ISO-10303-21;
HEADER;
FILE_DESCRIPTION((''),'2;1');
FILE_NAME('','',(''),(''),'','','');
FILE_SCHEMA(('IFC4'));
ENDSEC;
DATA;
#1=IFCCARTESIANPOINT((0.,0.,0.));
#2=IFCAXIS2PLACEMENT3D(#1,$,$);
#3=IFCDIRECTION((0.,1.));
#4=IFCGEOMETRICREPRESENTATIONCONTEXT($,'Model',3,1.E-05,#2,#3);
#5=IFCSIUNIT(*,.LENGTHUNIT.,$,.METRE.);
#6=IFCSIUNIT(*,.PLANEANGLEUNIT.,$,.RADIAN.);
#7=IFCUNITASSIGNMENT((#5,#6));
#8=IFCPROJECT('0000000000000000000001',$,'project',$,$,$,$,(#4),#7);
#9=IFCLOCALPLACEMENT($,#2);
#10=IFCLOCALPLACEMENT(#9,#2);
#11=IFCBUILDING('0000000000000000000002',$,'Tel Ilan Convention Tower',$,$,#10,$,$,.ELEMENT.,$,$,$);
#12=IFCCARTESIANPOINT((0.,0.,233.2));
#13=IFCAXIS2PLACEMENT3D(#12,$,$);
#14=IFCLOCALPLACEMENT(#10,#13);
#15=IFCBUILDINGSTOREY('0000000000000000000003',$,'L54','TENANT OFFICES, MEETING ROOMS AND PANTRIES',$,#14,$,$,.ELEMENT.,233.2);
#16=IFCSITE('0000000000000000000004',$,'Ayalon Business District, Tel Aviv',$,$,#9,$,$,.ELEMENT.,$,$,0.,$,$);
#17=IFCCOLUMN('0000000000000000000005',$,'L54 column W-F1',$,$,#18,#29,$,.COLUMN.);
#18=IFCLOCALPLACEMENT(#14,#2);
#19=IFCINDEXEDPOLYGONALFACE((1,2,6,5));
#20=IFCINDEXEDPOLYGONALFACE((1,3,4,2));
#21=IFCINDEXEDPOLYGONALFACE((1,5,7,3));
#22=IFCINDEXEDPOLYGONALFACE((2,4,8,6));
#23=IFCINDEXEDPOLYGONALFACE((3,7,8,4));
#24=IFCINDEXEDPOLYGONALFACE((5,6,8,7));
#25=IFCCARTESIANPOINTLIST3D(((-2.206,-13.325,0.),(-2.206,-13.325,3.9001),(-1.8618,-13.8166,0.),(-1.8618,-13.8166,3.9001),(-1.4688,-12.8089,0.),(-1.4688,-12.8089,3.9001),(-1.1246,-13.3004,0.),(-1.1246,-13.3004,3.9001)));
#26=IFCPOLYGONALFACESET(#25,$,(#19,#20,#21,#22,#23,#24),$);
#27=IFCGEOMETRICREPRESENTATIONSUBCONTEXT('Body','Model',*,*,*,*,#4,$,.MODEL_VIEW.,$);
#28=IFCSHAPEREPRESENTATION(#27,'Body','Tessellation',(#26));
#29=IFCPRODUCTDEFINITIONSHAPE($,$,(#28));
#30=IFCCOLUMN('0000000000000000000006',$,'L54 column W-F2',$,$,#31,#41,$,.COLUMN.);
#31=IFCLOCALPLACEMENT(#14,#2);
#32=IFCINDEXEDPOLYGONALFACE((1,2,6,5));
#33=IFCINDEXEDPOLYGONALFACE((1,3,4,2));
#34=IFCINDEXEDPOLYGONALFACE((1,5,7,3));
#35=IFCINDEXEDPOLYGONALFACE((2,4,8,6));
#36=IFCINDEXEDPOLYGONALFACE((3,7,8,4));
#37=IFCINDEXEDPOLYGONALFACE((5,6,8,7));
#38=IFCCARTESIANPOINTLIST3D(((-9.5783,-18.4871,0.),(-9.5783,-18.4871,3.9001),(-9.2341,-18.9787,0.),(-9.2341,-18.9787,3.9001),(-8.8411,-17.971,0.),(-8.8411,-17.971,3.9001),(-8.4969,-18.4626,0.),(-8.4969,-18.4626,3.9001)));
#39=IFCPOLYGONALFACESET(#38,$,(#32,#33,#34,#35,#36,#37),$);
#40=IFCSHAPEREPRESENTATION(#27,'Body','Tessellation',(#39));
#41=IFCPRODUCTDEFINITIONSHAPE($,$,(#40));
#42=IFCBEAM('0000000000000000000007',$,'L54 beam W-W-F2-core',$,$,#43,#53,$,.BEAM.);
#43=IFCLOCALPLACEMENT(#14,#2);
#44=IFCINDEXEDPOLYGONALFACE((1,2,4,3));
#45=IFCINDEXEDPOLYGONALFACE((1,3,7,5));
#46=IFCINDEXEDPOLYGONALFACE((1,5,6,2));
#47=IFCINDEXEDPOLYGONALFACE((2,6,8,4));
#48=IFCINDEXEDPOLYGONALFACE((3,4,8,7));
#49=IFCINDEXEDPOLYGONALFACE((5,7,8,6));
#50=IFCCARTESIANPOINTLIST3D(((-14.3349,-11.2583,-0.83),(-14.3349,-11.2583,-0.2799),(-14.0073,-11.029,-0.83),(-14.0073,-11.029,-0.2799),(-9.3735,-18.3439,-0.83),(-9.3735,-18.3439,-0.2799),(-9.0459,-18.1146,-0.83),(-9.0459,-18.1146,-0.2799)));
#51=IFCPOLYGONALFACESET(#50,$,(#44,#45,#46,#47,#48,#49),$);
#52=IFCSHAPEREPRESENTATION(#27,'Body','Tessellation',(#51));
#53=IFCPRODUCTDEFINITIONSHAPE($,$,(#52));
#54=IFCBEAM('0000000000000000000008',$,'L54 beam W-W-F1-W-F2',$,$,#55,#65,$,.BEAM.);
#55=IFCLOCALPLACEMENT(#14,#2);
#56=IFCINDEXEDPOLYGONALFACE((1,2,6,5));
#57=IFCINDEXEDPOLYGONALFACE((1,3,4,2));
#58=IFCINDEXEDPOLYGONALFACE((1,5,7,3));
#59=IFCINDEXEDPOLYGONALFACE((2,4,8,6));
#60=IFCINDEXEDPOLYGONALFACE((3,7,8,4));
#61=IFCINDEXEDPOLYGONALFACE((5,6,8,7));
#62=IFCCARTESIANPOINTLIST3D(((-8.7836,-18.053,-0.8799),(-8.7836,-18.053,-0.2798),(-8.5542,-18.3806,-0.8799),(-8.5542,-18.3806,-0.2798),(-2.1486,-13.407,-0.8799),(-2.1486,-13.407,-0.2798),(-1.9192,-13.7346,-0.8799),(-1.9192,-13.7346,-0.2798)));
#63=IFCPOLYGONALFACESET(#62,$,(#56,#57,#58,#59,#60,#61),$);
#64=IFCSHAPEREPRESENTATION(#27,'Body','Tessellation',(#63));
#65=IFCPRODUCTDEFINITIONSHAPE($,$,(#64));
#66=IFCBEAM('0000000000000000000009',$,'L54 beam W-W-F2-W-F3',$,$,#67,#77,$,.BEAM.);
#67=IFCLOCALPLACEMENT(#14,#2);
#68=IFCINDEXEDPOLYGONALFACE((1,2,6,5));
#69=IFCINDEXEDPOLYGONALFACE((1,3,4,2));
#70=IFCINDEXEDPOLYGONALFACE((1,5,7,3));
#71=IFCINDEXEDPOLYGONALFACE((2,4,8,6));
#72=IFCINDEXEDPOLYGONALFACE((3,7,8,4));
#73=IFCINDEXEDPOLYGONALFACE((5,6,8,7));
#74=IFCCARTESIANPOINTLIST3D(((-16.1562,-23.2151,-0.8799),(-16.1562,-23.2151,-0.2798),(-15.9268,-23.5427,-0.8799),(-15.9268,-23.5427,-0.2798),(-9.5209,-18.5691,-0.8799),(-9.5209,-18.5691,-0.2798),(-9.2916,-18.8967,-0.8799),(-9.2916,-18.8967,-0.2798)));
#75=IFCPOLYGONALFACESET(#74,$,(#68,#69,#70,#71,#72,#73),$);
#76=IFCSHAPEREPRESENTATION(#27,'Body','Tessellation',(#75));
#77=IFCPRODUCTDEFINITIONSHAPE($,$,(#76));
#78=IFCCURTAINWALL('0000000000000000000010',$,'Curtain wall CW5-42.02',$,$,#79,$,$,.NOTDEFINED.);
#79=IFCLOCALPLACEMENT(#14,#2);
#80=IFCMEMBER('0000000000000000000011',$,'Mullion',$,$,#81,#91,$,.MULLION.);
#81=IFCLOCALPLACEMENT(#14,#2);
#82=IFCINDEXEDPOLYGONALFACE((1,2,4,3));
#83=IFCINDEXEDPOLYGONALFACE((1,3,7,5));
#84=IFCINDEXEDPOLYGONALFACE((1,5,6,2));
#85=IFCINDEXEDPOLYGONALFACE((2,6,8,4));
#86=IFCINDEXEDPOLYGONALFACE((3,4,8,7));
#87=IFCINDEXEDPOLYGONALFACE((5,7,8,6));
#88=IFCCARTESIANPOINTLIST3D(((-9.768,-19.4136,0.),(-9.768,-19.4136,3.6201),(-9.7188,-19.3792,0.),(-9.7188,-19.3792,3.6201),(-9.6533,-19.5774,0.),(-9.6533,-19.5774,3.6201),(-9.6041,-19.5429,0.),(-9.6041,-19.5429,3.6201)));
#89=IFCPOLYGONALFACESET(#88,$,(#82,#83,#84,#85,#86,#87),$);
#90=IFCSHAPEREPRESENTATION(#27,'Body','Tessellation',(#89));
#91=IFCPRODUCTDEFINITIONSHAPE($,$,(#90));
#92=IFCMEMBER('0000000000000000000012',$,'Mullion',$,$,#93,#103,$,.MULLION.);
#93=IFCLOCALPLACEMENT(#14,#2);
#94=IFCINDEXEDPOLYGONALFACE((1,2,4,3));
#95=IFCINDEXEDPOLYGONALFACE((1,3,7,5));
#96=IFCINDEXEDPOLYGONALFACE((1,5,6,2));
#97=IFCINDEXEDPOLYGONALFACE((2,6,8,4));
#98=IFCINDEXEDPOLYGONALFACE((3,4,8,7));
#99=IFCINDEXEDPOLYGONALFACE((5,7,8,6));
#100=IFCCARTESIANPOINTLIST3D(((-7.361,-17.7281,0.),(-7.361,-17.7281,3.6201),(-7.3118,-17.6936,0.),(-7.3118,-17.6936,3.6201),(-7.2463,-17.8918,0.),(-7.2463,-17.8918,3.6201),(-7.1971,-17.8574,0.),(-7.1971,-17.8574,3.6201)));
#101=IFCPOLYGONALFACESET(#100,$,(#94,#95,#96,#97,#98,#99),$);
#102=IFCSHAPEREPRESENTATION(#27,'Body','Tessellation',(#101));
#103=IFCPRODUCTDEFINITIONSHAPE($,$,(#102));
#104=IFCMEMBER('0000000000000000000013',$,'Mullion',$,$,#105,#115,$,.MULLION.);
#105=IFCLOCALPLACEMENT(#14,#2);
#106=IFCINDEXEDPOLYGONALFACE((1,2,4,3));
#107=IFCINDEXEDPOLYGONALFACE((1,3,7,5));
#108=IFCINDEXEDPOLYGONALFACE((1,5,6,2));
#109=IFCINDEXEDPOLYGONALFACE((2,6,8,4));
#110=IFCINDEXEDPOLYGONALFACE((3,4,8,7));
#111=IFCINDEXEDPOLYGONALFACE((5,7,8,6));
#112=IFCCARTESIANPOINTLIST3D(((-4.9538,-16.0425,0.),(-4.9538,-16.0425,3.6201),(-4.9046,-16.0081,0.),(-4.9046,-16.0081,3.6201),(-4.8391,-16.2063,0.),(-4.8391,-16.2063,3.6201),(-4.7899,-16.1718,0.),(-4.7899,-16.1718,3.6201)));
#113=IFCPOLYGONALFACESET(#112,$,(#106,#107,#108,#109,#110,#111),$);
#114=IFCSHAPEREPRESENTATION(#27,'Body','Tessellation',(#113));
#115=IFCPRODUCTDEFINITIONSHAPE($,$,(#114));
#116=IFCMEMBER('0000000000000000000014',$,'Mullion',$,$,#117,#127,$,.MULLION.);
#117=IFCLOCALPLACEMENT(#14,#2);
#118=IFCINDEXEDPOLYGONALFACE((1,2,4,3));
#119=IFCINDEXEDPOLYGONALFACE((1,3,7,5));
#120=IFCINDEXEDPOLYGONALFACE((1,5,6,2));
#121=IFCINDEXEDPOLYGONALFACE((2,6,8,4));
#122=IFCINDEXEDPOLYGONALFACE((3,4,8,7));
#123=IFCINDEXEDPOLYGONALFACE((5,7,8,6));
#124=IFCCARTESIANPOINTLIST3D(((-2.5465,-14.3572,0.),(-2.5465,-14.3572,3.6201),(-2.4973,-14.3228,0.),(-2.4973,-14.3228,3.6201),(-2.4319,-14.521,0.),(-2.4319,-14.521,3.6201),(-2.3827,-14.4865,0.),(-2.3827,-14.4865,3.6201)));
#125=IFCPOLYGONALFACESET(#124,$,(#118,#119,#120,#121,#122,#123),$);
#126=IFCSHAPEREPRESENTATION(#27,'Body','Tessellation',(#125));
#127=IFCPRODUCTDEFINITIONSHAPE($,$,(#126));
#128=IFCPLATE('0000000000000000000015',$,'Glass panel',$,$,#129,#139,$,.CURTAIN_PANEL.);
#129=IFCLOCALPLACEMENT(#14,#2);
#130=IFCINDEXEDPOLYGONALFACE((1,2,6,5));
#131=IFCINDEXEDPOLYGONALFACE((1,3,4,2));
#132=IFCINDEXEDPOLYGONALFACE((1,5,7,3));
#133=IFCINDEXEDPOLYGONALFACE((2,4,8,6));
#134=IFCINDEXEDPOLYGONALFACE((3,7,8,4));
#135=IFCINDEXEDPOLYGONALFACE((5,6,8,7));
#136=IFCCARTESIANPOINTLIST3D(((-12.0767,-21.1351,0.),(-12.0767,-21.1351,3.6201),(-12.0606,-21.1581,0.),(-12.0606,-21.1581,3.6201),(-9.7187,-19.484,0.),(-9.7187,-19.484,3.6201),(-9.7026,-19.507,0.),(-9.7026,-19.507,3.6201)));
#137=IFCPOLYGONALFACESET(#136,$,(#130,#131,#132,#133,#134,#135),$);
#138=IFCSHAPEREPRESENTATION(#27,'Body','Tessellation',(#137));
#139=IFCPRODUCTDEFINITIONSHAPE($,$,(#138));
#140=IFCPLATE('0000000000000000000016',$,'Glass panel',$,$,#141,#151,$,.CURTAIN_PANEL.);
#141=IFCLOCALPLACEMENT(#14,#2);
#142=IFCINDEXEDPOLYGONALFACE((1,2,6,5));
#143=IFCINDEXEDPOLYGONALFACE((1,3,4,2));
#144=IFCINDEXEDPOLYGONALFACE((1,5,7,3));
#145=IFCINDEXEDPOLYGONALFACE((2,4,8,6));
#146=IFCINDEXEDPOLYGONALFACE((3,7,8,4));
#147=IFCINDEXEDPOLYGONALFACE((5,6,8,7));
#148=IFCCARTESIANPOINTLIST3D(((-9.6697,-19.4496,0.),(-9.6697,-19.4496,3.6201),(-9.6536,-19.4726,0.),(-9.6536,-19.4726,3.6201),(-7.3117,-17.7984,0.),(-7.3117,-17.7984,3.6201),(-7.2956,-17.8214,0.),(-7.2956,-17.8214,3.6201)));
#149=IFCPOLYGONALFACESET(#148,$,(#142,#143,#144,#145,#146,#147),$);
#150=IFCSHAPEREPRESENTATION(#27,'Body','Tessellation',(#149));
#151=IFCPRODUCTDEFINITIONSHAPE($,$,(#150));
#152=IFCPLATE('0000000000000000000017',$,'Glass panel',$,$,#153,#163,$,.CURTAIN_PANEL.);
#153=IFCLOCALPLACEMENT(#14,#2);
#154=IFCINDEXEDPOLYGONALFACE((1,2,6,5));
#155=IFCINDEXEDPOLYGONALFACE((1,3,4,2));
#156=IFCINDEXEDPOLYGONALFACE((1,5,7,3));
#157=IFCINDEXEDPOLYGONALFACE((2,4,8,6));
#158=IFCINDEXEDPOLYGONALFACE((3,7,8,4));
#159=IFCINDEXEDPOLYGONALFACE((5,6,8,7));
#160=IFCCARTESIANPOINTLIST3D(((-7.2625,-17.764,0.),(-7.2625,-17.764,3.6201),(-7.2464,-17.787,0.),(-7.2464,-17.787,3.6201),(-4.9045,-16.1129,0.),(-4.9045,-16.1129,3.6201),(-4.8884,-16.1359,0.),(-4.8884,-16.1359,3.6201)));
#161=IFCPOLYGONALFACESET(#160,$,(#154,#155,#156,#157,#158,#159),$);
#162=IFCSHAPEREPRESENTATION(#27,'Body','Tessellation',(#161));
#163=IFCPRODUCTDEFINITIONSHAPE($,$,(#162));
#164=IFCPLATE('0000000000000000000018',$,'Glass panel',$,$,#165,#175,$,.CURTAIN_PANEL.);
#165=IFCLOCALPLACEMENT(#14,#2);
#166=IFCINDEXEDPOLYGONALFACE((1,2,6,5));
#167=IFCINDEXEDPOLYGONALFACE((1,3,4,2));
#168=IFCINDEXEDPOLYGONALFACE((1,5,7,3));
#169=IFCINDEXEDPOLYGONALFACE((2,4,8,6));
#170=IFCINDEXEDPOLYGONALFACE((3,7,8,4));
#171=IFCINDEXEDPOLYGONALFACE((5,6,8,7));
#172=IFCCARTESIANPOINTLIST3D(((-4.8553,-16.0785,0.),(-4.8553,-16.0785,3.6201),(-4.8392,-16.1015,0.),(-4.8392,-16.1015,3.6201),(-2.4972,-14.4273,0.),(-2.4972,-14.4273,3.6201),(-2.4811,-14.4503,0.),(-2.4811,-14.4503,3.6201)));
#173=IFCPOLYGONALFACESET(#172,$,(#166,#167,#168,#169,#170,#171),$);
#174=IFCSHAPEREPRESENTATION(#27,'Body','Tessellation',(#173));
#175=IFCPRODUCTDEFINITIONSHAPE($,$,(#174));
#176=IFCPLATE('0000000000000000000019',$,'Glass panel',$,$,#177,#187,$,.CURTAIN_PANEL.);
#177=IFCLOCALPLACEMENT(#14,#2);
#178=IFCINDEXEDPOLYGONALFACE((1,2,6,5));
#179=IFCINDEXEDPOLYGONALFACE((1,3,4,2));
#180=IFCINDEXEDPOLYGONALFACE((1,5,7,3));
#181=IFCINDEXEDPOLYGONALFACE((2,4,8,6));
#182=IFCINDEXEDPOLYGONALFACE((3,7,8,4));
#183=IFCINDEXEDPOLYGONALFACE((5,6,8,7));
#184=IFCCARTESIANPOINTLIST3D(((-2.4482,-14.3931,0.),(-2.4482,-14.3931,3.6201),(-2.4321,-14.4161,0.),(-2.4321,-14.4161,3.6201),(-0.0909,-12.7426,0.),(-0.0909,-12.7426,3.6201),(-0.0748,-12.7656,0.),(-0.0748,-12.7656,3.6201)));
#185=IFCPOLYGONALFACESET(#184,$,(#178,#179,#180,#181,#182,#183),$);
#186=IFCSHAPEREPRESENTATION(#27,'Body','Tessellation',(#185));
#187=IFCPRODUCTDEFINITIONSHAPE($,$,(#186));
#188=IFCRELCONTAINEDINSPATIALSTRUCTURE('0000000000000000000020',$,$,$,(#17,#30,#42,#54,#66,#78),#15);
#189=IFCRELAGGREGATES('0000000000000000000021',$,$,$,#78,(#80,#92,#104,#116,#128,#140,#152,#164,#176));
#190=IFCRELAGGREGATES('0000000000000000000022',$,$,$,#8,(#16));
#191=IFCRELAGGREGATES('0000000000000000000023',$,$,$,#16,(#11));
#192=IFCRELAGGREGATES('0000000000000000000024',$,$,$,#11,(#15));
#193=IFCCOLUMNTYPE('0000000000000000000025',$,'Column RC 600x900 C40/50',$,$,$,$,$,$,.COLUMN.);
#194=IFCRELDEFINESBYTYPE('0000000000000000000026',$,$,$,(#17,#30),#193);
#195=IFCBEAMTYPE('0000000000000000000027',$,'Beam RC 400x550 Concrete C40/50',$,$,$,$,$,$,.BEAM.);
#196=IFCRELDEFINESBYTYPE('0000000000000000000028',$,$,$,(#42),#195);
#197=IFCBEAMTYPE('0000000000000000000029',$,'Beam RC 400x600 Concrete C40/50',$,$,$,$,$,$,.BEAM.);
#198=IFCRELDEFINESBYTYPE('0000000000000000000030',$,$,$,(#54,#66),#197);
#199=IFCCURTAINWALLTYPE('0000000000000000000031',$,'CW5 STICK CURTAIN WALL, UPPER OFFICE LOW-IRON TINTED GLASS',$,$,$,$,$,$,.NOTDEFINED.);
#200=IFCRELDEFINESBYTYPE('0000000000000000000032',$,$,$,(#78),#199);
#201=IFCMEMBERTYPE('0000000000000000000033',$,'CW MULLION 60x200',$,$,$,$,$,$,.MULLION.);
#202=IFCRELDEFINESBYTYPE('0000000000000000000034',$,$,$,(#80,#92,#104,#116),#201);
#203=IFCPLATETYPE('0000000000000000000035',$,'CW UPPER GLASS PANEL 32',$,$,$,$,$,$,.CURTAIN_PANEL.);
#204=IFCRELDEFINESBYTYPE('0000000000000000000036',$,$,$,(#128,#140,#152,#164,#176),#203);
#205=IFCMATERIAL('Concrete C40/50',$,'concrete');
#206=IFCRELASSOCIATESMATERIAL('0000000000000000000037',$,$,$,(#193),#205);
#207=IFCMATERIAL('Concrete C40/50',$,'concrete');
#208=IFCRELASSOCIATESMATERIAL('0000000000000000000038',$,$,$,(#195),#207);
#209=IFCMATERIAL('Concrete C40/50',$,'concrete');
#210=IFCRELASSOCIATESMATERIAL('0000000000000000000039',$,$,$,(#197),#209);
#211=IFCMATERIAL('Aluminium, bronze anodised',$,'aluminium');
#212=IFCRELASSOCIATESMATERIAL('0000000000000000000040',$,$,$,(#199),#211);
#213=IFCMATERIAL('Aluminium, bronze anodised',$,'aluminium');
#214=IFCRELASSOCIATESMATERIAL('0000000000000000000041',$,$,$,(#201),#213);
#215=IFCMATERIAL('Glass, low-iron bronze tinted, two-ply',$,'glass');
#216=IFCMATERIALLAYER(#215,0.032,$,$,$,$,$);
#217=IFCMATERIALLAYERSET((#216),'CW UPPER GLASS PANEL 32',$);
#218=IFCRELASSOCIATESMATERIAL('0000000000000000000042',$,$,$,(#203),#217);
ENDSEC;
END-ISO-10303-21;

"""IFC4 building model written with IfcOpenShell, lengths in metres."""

from ifc_helpers import new_model, si_unit, direction, frame, origin, origin_2d, place, context, subcontext, project, spatial, rectangle, extrude, material, layer, layer_set, material_profile, profile_set, type_object, element, aggregate, save


model = new_model("IFC4")

# Units and contexts
model_context = context("Model", 3, precision=1e-05, world=origin(), true_north=direction((0.0, 1.0)))
body_context = subcontext(model_context, "Body", "Model", "MODEL_VIEW")
ifc_project = project(units=[si_unit("LENGTHUNIT", "METRE"), si_unit("PLANEANGLEUNIT", "RADIAN")], contexts=[model_context])

# Site, building, storey
site_placement = place(None, origin())
site = spatial("IfcSite", under=ifc_project, at=site_placement, Name="Ayalon Business District, Tel Aviv", CompositionType="ELEMENT", RefElevation=0.0)
building_placement = place(site_placement, origin())
building = spatial("IfcBuilding", under=site, at=building_placement, Name="Tel Ilan Convention Tower", CompositionType="ELEMENT")
storey_placement = place(building_placement, frame((0.0, 0.0, 233.2)))
storey = spatial("IfcBuildingStorey", under=building, at=storey_placement, Name="L54", Description="TENANT OFFICES, MEETING ROOMS AND PANTRIES", CompositionType="ELEMENT", Elevation=233.2)

# Columns
ifc_material_1 = material(Name="Concrete C40/50", Category="concrete")
ifc_material_profile_1 = material_profile(ifc_material_1, rectangle(XDim=0.8999, YDim=0.6001, at=origin_2d()), Name="RC 600x900")
ifc_profile_set_1 = profile_set([ifc_material_profile_1], Name="Concrete C40/50")
column_type = type_object("IfcColumnType", Name="Column RC 600x900 C40/50", PredefinedType="COLUMN", material=ifc_profile_set_1)
for number, where, z_axis, x_axis, name in (
    (1, (-1.6653, -13.3127, 0.0), (0.0, 0.0, 1.0), (-0.819152, -0.573576, 0.0), "L54 column W-F1"),
    (2, (-9.0376, -18.4749, 0.0), (0.0, 0.0, 1.0), (-0.819152, -0.573576, 0.0), "L54 column W-F2"),
):
    element("IfcColumn", number, at=place(storey_placement, frame(where, z_axis=z_axis, x_axis=x_axis)), inside=storey, type_object=column_type, Name=name, PredefinedType="COLUMN", context=body_context, shape_type="SweptSolid", body=[
        extrude(rectangle(XDim=0.8999, YDim=0.6001, at=origin_2d()), origin(), (0.0, 0.0, 1.0), 3.9001),
    ])

# Beams
ifc_material_2 = material(Name="Concrete C40/50", Category="concrete")
ifc_material_profile_2 = material_profile(ifc_material_2, rectangle(XDim=0.3999, YDim=0.55, at=origin_2d()), Name="RC 400x550")
ifc_profile_set_2 = profile_set([ifc_material_profile_2], Name="Concrete C40/50")
beam_type_1 = type_object("IfcBeamType", Name="Beam RC 400x550 Concrete C40/50", PredefinedType="BEAM", material=ifc_profile_set_2)
beam_1_placement = place(storey_placement, frame((-9.2097, -18.2292, -0.5549), z_axis=(-0.573574, 0.819154, 0.0), x_axis=(-0.819154, -0.573574, 0.0)))
element("IfcBeam", 3, at=beam_1_placement, inside=storey, type_object=beam_type_1, Name="L54 beam W-W-F2-core", PredefinedType="BEAM", context=body_context, shape_type="SweptSolid", body=[
    extrude(rectangle(XDim=0.3999, YDim=0.55, at=origin_2d()), origin(), (0.0, 0.0, 1.0), 8.6499),
])
ifc_material_3 = material(Name="Concrete C40/50", Category="concrete")
ifc_material_profile_3 = material_profile(ifc_material_3, rectangle(XDim=0.3999, YDim=0.6001, at=origin_2d()), Name="RC 400x600")
ifc_profile_set_3 = profile_set([ifc_material_profile_3], Name="Concrete C40/50")
beam_type_2 = type_object("IfcBeamType", Name="Beam RC 400x600 Concrete C40/50", PredefinedType="BEAM", material=ifc_profile_set_3)
beam_2_placement = place(storey_placement, frame((-2.0339, -13.5708, -0.5798), z_axis=(-0.819146, -0.573586, 0.0), x_axis=(0.573586, -0.819146, 0.0)))
element("IfcBeam", 4, at=beam_2_placement, inside=storey, type_object=beam_type_2, Name="L54 beam W-W-F1-W-F2", PredefinedType="BEAM", context=body_context, shape_type="SweptSolid", body=[
    extrude(rectangle(XDim=0.3999, YDim=0.6001, at=origin_2d()), origin(), (0.0, 0.0, 1.0), 8.0999),
])
beam_3_placement = place(storey_placement, frame((-9.4062, -18.7329, -0.5798), z_axis=(-0.819155, -0.573572, 0.0), x_axis=(0.573572, -0.819155, 0.0)))
element("IfcBeam", 5, at=beam_3_placement, inside=storey, type_object=beam_type_2, Name="L54 beam W-W-F2-W-F3", PredefinedType="BEAM", context=body_context, shape_type="SweptSolid", body=[
    extrude(rectangle(XDim=0.3999, YDim=0.6001, at=origin_2d()), origin(), (0.0, 0.0, 1.0), 8.1001),
])

# Curtain wall, members, plates
ifc_material_4 = material(Name="Aluminium, bronze anodised", Category="aluminium")
curtain_wall_type = type_object("IfcCurtainWallType", Name="CW5 STICK CURTAIN WALL, UPPER OFFICE LOW-IRON TINTED GLASS", PredefinedType="NOTDEFINED", material=ifc_material_4)
curtain_wall_placement = place(storey_placement, origin())
curtain_wall = element("IfcCurtainWall", 6, at=curtain_wall_placement, inside=storey, type_object=curtain_wall_type, Name="Curtain wall CW5-42.02", PredefinedType="NOTDEFINED")
ifc_material_5 = material(Name="Aluminium, bronze anodised", Category="aluminium")
ifc_material_profile_4 = material_profile(ifc_material_5, rectangle(XDim=0.0601, YDim=0.2, at=origin_2d()), Name="CW MULLION 60x200")
ifc_profile_set_4 = profile_set([ifc_material_profile_4], Name="Aluminium, bronze anodised")
member_type = type_object("IfcMemberType", Name="CW MULLION 60x200", PredefinedType="MULLION", material=ifc_profile_set_4)
member_1_placement = place(storey_placement, frame((-9.686, -19.4783, 0.0), z_axis=(0.0, 0.0, 1.0), x_axis=(0.819152, 0.573576, 0.0)))
member_1 = element("IfcMember", 7, at=member_1_placement, type_object=member_type, Name="Mullion", PredefinedType="MULLION", context=body_context, shape_type="SweptSolid", body=[
    extrude(rectangle(XDim=0.0601, YDim=0.2, at=origin_2d()), origin(), (0.0, 0.0, 1.0), 3.6201),
])
member_2_placement = place(storey_placement, frame((-7.2791, -17.7927, 0.0), z_axis=(0.0, 0.0, 1.0), x_axis=(0.819152, 0.573576, 0.0)))
member_2 = element("IfcMember", 8, at=member_2_placement, type_object=member_type, Name="Mullion", PredefinedType="MULLION", context=body_context, shape_type="SweptSolid", body=[
    extrude(rectangle(XDim=0.0601, YDim=0.2, at=origin_2d()), origin(), (0.0, 0.0, 1.0), 3.6201),
])
member_3_placement = place(storey_placement, frame((-4.8718, -16.1072, 0.0), z_axis=(0.0, 0.0, 1.0), x_axis=(0.819152, 0.573576, 0.0)))
member_3 = element("IfcMember", 9, at=member_3_placement, type_object=member_type, Name="Mullion", PredefinedType="MULLION", context=body_context, shape_type="SweptSolid", body=[
    extrude(rectangle(XDim=0.0601, YDim=0.2, at=origin_2d()), origin(), (0.0, 0.0, 1.0), 3.6201),
])
member_4_placement = place(storey_placement, frame((-2.4646, -14.4219, 0.0), z_axis=(0.0, 0.0, 1.0), x_axis=(0.819152, 0.573576, 0.0)))
member_4 = element("IfcMember", 10, at=member_4_placement, type_object=member_type, Name="Mullion", PredefinedType="MULLION", context=body_context, shape_type="SweptSolid", body=[
    extrude(rectangle(XDim=0.0601, YDim=0.2, at=origin_2d()), origin(), (0.0, 0.0, 1.0), 3.6201),
])
ifc_material_6 = material(Name="Glass, low-iron bronze tinted, two-ply", Category="glass")
ifc_layer_1 = layer(ifc_material_6, 0.032)
ifc_layer_set_1 = layer_set([ifc_layer_1], Name="CW UPPER GLASS PANEL 32")
plate_type = type_object("IfcPlateType", Name="CW UPPER GLASS PANEL 32", PredefinedType="CURTAIN_PANEL", material=ifc_layer_set_1)
plate_1_placement = place(storey_placement, frame((-10.8896, -20.321, 0.0), z_axis=(0.0, 0.0, 1.0), x_axis=(0.819152, 0.573576, 0.0)))
plate_1 = element("IfcPlate", 11, at=plate_1_placement, type_object=plate_type, Name="Glass panel", PredefinedType="CURTAIN_PANEL", context=body_context, shape_type="SweptSolid", body=[
    extrude(rectangle(XDim=2.8787, YDim=0.0281, at=origin_2d()), origin(), (0.0, 0.0, 1.0), 3.6201),
])
plate_2_placement = place(storey_placement, frame((-8.4827, -18.6355, 0.0), z_axis=(0.0, 0.0, 1.0), x_axis=(0.819152, 0.573576, 0.0)))
plate_2 = element("IfcPlate", 12, at=plate_2_placement, type_object=plate_type, Name="Glass panel", PredefinedType="CURTAIN_PANEL", context=body_context, shape_type="SweptSolid", body=[
    extrude(rectangle(XDim=2.8787, YDim=0.0281, at=origin_2d()), origin(), (0.0, 0.0, 1.0), 3.6201),
])
plate_3_placement = place(storey_placement, frame((-6.0754, -16.95, 0.0), z_axis=(0.0, 0.0, 1.0), x_axis=(0.819152, 0.573576, 0.0)))
plate_3 = element("IfcPlate", 13, at=plate_3_placement, type_object=plate_type, Name="Glass panel", PredefinedType="CURTAIN_PANEL", context=body_context, shape_type="SweptSolid", body=[
    extrude(rectangle(XDim=2.8787, YDim=0.0281, at=origin_2d()), origin(), (0.0, 0.0, 1.0), 3.6201),
])
plate_4_placement = place(storey_placement, frame((-3.6682, -15.2644, 0.0), z_axis=(0.0, 0.0, 1.0), x_axis=(0.819152, 0.573576, 0.0)))
plate_4 = element("IfcPlate", 14, at=plate_4_placement, type_object=plate_type, Name="Glass panel", PredefinedType="CURTAIN_PANEL", context=body_context, shape_type="SweptSolid", body=[
    extrude(rectangle(XDim=2.8787, YDim=0.0281, at=origin_2d()), origin(), (0.0, 0.0, 1.0), 3.6201),
])
plate_5_placement = place(storey_placement, frame((-1.2615, -13.5793, 0.0), z_axis=(0.0, 0.0, 1.0), x_axis=(0.819152, 0.573576, 0.0)))
plate_5 = element("IfcPlate", 15, at=plate_5_placement, type_object=plate_type, Name="Glass panel", PredefinedType="CURTAIN_PANEL", context=body_context, shape_type="SweptSolid", body=[
    extrude(rectangle(XDim=2.8777, YDim=0.0281, at=origin_2d()), origin(), (0.0, 0.0, 1.0), 3.6201),
])
aggregate(curtain_wall, [member_1, member_2, member_3, member_4, plate_1, plate_2, plate_3, plate_4, plate_5])

save(model, "model.ifc")
